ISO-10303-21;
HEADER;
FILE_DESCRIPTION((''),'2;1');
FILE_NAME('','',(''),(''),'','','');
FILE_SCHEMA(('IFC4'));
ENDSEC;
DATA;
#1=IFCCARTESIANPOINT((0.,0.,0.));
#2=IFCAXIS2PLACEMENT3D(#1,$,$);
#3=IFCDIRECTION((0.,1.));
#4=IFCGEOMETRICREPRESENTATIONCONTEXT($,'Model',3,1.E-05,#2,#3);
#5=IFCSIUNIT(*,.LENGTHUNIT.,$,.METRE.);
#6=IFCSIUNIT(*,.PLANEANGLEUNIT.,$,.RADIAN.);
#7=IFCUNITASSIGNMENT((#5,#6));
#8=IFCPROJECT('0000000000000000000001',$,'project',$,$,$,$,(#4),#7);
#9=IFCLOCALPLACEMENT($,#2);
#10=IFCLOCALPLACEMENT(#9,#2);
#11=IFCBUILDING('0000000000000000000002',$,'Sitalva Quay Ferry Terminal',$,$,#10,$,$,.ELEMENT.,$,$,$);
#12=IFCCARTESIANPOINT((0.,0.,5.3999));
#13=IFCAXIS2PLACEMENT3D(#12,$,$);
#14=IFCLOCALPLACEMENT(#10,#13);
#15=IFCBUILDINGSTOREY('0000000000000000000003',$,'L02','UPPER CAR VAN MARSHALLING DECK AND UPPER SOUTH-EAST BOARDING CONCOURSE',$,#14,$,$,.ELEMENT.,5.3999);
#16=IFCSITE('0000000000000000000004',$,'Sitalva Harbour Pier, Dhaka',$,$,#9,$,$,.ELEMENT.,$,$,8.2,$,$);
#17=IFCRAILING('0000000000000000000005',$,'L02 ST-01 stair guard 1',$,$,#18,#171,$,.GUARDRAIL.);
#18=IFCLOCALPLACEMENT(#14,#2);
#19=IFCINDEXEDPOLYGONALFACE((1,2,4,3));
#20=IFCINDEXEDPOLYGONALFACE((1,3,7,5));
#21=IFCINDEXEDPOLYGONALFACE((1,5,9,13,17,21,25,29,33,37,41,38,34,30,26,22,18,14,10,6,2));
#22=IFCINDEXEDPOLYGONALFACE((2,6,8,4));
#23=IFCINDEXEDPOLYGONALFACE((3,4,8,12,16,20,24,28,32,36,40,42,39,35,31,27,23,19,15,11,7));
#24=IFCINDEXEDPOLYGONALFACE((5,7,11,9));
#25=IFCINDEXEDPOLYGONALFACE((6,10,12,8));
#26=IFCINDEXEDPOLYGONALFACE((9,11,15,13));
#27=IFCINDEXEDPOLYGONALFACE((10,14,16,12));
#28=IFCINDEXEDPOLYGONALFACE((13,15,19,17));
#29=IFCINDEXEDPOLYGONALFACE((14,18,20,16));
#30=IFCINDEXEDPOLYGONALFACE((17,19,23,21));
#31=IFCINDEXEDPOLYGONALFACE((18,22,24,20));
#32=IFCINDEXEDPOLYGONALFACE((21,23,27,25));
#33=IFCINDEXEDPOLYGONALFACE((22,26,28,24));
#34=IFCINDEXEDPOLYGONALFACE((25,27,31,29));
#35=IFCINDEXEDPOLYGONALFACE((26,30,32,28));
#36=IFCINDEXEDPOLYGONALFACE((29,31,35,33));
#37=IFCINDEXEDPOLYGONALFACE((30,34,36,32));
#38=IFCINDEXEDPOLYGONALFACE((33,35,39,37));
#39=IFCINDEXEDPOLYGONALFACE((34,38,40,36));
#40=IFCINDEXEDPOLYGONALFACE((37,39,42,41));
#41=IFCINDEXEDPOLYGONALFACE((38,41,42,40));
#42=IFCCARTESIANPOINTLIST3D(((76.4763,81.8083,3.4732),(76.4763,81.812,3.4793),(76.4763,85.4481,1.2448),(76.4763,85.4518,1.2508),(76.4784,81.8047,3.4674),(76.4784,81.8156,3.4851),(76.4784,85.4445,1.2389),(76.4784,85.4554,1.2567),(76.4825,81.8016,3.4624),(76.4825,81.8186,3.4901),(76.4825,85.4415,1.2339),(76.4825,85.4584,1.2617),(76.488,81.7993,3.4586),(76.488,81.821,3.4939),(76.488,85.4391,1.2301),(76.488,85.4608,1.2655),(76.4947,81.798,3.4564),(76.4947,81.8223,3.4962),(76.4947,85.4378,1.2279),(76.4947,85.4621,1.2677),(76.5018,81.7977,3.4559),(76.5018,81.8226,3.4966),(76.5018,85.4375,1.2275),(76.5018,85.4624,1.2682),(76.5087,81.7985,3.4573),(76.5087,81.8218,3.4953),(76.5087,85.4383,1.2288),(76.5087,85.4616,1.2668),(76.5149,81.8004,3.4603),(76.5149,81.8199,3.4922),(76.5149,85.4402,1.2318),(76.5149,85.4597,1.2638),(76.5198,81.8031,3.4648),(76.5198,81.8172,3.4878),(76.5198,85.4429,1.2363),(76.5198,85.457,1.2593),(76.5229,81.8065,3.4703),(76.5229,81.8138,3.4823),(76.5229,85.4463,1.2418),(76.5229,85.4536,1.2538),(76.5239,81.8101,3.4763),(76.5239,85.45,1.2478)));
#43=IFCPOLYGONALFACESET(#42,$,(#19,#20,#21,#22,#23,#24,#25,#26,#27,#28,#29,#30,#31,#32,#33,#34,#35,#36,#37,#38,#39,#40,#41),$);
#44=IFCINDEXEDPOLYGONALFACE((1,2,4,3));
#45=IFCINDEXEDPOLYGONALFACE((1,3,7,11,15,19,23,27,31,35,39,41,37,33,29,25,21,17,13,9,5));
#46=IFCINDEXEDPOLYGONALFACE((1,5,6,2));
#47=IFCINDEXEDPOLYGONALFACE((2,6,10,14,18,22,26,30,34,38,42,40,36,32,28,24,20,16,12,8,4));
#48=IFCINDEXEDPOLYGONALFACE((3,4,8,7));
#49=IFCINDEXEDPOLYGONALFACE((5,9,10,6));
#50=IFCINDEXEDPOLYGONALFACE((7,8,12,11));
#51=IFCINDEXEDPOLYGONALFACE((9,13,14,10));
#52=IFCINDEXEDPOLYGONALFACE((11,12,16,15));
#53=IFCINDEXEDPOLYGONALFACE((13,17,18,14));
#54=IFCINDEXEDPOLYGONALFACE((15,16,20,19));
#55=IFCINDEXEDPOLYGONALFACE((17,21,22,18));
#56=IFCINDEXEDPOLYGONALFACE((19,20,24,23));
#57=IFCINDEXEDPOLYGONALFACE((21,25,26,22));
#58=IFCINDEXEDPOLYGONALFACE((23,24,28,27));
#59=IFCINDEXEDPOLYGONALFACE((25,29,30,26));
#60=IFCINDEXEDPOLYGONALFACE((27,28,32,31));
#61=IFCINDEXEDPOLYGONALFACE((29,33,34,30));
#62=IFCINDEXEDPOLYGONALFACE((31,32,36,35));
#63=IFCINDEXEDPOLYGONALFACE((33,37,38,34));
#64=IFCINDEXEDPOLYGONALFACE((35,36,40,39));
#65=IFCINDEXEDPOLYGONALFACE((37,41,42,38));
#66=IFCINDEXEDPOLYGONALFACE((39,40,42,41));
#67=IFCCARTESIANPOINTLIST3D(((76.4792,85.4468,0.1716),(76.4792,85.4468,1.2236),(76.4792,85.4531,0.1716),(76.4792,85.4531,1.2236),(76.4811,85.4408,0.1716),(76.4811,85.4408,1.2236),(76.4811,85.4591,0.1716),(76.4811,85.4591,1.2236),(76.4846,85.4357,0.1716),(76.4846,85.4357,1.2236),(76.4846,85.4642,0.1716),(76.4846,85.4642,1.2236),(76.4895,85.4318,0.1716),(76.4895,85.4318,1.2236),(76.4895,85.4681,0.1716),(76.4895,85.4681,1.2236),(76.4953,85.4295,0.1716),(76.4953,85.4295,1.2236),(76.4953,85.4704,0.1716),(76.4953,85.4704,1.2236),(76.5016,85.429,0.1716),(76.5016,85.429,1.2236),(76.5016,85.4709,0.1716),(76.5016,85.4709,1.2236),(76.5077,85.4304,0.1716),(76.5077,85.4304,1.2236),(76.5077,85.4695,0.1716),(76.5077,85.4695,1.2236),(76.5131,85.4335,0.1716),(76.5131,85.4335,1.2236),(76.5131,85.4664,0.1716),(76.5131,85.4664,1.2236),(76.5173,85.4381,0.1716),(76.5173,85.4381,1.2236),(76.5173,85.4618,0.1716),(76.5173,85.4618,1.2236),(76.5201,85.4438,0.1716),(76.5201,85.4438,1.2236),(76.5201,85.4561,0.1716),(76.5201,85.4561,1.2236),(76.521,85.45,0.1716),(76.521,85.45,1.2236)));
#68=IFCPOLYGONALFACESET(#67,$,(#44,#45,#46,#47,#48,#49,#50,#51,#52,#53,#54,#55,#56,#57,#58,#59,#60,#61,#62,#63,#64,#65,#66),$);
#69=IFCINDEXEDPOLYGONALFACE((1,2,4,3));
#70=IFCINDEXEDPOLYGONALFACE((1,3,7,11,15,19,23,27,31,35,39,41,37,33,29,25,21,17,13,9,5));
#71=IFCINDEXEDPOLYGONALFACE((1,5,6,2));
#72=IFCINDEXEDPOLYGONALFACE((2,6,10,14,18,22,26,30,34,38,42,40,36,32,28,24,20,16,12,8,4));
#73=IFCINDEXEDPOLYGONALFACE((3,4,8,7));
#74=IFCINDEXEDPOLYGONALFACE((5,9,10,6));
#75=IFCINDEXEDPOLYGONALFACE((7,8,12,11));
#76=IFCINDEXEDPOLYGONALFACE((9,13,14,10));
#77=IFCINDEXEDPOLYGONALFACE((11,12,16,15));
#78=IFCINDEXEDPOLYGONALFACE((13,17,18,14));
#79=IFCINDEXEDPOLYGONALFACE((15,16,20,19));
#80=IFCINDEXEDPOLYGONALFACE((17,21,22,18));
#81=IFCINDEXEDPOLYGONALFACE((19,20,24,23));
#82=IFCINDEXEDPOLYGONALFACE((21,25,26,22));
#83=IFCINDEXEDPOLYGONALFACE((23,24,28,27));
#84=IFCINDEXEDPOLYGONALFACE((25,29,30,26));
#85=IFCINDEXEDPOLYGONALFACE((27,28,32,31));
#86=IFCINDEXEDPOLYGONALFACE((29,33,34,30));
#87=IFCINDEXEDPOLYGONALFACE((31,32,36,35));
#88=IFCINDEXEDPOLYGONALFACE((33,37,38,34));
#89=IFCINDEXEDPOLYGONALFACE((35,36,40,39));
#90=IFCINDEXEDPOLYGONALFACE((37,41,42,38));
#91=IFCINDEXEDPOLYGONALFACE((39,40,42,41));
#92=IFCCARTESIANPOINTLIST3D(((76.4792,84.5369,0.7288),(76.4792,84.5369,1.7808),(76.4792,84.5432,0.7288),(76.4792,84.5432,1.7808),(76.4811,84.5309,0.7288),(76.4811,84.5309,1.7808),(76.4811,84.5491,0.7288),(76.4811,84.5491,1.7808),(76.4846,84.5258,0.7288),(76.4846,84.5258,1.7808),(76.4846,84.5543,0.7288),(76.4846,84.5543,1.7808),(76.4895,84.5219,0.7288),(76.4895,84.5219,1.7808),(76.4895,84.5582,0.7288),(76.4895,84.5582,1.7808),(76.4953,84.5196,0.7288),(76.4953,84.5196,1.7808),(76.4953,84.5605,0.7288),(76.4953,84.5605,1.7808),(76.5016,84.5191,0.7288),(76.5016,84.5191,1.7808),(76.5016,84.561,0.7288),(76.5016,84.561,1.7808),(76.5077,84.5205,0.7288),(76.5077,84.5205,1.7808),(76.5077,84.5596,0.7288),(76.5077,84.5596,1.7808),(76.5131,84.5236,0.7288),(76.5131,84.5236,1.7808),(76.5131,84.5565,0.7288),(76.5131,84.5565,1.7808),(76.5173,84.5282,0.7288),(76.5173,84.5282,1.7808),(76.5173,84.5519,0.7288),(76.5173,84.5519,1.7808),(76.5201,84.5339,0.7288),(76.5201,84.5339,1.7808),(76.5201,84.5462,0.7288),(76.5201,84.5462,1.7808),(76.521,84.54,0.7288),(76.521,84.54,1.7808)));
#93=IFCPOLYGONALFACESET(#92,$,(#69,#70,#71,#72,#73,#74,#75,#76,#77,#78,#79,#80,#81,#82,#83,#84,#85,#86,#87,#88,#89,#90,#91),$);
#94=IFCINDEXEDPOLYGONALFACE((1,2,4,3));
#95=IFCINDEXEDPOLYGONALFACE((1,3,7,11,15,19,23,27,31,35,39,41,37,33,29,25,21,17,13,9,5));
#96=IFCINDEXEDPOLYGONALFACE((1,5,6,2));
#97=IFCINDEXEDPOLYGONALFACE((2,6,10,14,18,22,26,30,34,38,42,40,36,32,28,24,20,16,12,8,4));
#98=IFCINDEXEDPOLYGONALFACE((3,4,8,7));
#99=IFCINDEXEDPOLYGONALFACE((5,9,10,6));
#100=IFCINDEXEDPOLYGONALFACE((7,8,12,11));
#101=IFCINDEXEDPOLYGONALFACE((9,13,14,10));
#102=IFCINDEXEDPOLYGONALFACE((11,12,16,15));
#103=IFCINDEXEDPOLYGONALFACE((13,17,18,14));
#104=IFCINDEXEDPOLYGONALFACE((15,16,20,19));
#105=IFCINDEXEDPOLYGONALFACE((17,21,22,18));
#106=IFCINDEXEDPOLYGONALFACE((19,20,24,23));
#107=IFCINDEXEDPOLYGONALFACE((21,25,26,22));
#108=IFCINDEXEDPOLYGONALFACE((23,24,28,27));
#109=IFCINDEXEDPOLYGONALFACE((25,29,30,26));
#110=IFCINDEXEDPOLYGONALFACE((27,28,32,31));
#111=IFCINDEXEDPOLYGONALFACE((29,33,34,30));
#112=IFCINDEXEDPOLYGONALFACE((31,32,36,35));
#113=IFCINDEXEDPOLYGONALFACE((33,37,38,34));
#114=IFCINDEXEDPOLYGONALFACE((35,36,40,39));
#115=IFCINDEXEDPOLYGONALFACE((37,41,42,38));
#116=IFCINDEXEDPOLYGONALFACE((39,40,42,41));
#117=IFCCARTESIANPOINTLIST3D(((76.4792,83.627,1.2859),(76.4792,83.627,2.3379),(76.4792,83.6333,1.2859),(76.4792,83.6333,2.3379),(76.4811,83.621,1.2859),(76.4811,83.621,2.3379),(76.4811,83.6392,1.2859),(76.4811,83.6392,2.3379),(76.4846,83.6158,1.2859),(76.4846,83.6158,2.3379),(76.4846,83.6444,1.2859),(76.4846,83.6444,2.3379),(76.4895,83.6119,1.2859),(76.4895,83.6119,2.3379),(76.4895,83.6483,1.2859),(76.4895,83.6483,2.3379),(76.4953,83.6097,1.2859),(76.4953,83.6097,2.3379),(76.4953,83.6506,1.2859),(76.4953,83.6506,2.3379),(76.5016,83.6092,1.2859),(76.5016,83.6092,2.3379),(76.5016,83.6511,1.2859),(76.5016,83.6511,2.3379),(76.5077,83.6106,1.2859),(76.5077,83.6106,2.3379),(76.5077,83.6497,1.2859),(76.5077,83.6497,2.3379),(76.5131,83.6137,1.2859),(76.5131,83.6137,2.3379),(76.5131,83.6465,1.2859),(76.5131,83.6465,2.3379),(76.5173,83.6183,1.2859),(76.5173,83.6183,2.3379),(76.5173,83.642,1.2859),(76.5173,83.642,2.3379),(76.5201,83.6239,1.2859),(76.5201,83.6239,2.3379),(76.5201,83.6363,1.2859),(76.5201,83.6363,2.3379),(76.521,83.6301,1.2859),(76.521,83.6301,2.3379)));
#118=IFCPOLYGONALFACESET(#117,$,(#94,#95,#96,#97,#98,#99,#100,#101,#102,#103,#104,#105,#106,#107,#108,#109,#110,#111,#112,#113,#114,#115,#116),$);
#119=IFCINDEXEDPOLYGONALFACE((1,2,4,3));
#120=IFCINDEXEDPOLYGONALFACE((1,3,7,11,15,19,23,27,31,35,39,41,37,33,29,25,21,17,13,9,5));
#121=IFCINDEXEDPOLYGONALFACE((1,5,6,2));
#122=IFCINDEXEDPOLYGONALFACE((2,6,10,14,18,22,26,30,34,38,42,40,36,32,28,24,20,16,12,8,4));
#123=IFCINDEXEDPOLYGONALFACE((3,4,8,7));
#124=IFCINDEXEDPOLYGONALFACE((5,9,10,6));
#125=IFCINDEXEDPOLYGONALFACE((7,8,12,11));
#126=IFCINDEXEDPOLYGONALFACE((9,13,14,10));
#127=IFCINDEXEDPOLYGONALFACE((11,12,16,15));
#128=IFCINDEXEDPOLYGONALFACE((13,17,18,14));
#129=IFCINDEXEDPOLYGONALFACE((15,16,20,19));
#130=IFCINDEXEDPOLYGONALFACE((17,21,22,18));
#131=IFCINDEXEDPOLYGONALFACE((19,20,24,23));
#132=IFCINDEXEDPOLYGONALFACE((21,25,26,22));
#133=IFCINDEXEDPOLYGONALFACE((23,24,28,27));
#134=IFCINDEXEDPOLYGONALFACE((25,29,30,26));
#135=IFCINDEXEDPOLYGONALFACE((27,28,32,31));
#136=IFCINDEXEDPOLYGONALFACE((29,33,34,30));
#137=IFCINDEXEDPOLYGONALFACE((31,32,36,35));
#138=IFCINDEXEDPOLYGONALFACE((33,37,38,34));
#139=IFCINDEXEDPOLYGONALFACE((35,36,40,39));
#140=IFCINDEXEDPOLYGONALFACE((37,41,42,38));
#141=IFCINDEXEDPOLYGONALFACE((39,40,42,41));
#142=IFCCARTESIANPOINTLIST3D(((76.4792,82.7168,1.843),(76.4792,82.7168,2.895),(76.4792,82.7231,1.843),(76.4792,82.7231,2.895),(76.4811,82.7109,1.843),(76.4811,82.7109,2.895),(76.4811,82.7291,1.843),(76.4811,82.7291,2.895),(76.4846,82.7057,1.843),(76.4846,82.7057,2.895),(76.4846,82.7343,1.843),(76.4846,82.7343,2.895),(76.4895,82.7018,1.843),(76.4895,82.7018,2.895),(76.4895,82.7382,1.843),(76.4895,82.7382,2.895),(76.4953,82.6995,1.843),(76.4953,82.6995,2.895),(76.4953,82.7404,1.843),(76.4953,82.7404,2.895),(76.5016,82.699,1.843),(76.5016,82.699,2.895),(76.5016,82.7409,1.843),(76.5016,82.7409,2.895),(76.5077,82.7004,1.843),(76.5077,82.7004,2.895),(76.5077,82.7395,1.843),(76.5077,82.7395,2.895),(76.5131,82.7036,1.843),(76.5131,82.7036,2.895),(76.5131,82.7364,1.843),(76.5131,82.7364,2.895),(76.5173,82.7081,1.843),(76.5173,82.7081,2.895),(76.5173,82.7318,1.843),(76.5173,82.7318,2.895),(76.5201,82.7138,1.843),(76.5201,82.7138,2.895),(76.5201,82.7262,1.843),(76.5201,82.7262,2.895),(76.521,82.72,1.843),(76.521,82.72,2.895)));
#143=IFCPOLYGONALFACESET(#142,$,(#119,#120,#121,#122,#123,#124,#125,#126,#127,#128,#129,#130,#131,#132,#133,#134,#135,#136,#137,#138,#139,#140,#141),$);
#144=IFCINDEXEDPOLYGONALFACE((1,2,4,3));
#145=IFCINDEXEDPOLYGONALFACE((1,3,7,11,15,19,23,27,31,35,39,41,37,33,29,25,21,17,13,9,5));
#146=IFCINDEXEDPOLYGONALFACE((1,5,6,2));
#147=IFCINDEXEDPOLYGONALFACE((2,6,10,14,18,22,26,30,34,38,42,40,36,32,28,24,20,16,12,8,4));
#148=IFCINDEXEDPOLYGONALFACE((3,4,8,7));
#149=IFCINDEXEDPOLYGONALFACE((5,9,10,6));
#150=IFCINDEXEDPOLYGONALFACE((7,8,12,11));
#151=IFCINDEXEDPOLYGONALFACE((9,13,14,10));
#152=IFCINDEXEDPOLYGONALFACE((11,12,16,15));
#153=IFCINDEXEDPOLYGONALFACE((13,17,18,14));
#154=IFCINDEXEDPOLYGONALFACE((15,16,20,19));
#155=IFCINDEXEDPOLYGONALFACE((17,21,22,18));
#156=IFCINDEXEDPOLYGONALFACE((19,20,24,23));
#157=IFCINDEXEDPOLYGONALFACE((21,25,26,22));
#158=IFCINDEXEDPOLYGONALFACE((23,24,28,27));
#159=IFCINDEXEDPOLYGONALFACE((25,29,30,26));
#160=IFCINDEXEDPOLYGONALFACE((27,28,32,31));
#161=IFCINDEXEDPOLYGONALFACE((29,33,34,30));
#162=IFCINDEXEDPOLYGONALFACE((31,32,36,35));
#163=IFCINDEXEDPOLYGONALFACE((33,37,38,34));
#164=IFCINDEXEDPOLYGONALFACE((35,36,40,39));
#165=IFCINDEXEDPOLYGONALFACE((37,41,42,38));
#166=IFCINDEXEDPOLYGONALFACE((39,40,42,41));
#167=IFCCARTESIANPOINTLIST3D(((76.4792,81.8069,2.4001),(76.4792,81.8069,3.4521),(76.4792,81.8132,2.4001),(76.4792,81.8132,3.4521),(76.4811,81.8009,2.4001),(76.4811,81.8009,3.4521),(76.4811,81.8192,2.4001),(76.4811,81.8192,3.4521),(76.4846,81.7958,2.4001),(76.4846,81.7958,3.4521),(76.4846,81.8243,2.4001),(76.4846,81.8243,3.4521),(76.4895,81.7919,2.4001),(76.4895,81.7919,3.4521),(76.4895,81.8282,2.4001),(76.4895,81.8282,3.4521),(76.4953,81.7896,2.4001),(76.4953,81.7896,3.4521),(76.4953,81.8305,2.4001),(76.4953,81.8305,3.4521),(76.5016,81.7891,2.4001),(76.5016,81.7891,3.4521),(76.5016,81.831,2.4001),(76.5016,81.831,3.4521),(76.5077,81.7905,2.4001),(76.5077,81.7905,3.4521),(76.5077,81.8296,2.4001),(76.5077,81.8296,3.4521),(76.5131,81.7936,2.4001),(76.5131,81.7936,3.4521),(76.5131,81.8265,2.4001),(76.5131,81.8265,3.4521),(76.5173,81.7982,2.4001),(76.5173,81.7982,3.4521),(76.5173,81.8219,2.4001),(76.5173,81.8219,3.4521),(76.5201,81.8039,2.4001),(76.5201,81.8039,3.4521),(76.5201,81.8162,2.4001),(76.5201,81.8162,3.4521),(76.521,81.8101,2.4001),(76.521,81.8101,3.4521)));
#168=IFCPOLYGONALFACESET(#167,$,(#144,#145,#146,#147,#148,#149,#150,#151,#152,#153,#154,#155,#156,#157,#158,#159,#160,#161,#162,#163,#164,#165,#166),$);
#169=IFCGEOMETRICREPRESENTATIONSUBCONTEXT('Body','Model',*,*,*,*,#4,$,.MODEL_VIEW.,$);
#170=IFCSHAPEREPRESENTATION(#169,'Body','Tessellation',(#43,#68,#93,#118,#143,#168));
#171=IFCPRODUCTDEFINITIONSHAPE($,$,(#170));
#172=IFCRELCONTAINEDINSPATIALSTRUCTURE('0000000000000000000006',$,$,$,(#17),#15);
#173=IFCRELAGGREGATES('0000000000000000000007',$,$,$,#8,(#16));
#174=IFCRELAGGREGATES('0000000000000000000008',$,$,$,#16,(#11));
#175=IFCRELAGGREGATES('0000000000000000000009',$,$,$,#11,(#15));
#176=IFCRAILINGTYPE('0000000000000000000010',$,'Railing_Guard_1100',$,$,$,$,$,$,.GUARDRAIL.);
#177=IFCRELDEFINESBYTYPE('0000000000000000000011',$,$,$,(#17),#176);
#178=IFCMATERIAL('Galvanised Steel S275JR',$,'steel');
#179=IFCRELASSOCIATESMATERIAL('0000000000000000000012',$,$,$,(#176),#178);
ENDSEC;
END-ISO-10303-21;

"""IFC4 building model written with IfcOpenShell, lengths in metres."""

from ifc_helpers import new_model, si_unit, direction, frame, origin, origin_2d, place, context, subcontext, project, spatial, circle, extrude, material, type_object, element, save


model = new_model("IFC4")

# Units and contexts
model_context = context("Model", 3, precision=1e-05, world=origin(), true_north=direction((0.0, 1.0)))
body_context = subcontext(model_context, "Body", "Model", "MODEL_VIEW")
ifc_project = project(units=[si_unit("LENGTHUNIT", "METRE"), si_unit("PLANEANGLEUNIT", "RADIAN")], contexts=[model_context])

# Site, building, storey
site_placement = place(None, origin())
site = spatial("IfcSite", under=ifc_project, at=site_placement, Name="Sitalva Harbour Pier, Dhaka", CompositionType="ELEMENT", RefElevation=8.2)
building_placement = place(site_placement, origin())
building = spatial("IfcBuilding", under=site, at=building_placement, Name="Sitalva Quay Ferry Terminal", CompositionType="ELEMENT")
storey_placement = place(building_placement, frame((0.0, 0.0, 5.3999)))
storey = spatial("IfcBuildingStorey", under=building, at=storey_placement, Name="L02", Description="UPPER CAR VAN MARSHALLING DECK AND UPPER SOUTH-EAST BOARDING CONCOURSE", CompositionType="ELEMENT", Elevation=5.3999)

# Railing
ifc_material_1 = material(Name="Galvanised Steel S275JR", Category="steel")
railing_type_1 = type_object("IfcRailingType", Name="Railing_Guard_1100", PredefinedType="GUARDRAIL", material=ifc_material_1)
railing_1_placement = place(storey_placement, frame((76.5, 85.45, 0.1716)))
element("IfcRailing", 1, at=railing_1_placement, inside=storey, type_object=railing_type_1, Name="L02 ST-01 stair guard 1", PredefinedType="GUARDRAIL", context=body_context, shape_type="SweptSolid", body=[
    extrude(circle(Radius=0.0239, at=origin_2d()), frame((0.0, 0.0, 1.0762), z_axis=(0.0, -0.85285, 0.522156), x_axis=(1.0, 0.0, 0.0)), (0.0, 0.0, 1.0), 4.2678),
    extrude(circle(Radius=0.021, at=origin_2d()), origin(), (0.0, 0.0, 1.0), 1.052),
    extrude(circle(Radius=0.021, at=origin_2d()), frame((0.0, -0.9099, 0.5571)), (0.0, 0.0, 1.0), 1.052),
    extrude(circle(Radius=0.021, at=origin_2d()), frame((0.0, -1.8198, 1.1143)), (0.0, 0.0, 1.0), 1.052),
    extrude(circle(Radius=0.021, at=origin_2d()), frame((0.0, -2.73, 1.6714)), (0.0, 0.0, 1.0), 1.052),
    extrude(circle(Radius=0.021, at=origin_2d()), frame((0.0, -3.6399, 2.2285)), (0.0, 0.0, 1.0), 1.052),
])

save(model, "model.ifc")
